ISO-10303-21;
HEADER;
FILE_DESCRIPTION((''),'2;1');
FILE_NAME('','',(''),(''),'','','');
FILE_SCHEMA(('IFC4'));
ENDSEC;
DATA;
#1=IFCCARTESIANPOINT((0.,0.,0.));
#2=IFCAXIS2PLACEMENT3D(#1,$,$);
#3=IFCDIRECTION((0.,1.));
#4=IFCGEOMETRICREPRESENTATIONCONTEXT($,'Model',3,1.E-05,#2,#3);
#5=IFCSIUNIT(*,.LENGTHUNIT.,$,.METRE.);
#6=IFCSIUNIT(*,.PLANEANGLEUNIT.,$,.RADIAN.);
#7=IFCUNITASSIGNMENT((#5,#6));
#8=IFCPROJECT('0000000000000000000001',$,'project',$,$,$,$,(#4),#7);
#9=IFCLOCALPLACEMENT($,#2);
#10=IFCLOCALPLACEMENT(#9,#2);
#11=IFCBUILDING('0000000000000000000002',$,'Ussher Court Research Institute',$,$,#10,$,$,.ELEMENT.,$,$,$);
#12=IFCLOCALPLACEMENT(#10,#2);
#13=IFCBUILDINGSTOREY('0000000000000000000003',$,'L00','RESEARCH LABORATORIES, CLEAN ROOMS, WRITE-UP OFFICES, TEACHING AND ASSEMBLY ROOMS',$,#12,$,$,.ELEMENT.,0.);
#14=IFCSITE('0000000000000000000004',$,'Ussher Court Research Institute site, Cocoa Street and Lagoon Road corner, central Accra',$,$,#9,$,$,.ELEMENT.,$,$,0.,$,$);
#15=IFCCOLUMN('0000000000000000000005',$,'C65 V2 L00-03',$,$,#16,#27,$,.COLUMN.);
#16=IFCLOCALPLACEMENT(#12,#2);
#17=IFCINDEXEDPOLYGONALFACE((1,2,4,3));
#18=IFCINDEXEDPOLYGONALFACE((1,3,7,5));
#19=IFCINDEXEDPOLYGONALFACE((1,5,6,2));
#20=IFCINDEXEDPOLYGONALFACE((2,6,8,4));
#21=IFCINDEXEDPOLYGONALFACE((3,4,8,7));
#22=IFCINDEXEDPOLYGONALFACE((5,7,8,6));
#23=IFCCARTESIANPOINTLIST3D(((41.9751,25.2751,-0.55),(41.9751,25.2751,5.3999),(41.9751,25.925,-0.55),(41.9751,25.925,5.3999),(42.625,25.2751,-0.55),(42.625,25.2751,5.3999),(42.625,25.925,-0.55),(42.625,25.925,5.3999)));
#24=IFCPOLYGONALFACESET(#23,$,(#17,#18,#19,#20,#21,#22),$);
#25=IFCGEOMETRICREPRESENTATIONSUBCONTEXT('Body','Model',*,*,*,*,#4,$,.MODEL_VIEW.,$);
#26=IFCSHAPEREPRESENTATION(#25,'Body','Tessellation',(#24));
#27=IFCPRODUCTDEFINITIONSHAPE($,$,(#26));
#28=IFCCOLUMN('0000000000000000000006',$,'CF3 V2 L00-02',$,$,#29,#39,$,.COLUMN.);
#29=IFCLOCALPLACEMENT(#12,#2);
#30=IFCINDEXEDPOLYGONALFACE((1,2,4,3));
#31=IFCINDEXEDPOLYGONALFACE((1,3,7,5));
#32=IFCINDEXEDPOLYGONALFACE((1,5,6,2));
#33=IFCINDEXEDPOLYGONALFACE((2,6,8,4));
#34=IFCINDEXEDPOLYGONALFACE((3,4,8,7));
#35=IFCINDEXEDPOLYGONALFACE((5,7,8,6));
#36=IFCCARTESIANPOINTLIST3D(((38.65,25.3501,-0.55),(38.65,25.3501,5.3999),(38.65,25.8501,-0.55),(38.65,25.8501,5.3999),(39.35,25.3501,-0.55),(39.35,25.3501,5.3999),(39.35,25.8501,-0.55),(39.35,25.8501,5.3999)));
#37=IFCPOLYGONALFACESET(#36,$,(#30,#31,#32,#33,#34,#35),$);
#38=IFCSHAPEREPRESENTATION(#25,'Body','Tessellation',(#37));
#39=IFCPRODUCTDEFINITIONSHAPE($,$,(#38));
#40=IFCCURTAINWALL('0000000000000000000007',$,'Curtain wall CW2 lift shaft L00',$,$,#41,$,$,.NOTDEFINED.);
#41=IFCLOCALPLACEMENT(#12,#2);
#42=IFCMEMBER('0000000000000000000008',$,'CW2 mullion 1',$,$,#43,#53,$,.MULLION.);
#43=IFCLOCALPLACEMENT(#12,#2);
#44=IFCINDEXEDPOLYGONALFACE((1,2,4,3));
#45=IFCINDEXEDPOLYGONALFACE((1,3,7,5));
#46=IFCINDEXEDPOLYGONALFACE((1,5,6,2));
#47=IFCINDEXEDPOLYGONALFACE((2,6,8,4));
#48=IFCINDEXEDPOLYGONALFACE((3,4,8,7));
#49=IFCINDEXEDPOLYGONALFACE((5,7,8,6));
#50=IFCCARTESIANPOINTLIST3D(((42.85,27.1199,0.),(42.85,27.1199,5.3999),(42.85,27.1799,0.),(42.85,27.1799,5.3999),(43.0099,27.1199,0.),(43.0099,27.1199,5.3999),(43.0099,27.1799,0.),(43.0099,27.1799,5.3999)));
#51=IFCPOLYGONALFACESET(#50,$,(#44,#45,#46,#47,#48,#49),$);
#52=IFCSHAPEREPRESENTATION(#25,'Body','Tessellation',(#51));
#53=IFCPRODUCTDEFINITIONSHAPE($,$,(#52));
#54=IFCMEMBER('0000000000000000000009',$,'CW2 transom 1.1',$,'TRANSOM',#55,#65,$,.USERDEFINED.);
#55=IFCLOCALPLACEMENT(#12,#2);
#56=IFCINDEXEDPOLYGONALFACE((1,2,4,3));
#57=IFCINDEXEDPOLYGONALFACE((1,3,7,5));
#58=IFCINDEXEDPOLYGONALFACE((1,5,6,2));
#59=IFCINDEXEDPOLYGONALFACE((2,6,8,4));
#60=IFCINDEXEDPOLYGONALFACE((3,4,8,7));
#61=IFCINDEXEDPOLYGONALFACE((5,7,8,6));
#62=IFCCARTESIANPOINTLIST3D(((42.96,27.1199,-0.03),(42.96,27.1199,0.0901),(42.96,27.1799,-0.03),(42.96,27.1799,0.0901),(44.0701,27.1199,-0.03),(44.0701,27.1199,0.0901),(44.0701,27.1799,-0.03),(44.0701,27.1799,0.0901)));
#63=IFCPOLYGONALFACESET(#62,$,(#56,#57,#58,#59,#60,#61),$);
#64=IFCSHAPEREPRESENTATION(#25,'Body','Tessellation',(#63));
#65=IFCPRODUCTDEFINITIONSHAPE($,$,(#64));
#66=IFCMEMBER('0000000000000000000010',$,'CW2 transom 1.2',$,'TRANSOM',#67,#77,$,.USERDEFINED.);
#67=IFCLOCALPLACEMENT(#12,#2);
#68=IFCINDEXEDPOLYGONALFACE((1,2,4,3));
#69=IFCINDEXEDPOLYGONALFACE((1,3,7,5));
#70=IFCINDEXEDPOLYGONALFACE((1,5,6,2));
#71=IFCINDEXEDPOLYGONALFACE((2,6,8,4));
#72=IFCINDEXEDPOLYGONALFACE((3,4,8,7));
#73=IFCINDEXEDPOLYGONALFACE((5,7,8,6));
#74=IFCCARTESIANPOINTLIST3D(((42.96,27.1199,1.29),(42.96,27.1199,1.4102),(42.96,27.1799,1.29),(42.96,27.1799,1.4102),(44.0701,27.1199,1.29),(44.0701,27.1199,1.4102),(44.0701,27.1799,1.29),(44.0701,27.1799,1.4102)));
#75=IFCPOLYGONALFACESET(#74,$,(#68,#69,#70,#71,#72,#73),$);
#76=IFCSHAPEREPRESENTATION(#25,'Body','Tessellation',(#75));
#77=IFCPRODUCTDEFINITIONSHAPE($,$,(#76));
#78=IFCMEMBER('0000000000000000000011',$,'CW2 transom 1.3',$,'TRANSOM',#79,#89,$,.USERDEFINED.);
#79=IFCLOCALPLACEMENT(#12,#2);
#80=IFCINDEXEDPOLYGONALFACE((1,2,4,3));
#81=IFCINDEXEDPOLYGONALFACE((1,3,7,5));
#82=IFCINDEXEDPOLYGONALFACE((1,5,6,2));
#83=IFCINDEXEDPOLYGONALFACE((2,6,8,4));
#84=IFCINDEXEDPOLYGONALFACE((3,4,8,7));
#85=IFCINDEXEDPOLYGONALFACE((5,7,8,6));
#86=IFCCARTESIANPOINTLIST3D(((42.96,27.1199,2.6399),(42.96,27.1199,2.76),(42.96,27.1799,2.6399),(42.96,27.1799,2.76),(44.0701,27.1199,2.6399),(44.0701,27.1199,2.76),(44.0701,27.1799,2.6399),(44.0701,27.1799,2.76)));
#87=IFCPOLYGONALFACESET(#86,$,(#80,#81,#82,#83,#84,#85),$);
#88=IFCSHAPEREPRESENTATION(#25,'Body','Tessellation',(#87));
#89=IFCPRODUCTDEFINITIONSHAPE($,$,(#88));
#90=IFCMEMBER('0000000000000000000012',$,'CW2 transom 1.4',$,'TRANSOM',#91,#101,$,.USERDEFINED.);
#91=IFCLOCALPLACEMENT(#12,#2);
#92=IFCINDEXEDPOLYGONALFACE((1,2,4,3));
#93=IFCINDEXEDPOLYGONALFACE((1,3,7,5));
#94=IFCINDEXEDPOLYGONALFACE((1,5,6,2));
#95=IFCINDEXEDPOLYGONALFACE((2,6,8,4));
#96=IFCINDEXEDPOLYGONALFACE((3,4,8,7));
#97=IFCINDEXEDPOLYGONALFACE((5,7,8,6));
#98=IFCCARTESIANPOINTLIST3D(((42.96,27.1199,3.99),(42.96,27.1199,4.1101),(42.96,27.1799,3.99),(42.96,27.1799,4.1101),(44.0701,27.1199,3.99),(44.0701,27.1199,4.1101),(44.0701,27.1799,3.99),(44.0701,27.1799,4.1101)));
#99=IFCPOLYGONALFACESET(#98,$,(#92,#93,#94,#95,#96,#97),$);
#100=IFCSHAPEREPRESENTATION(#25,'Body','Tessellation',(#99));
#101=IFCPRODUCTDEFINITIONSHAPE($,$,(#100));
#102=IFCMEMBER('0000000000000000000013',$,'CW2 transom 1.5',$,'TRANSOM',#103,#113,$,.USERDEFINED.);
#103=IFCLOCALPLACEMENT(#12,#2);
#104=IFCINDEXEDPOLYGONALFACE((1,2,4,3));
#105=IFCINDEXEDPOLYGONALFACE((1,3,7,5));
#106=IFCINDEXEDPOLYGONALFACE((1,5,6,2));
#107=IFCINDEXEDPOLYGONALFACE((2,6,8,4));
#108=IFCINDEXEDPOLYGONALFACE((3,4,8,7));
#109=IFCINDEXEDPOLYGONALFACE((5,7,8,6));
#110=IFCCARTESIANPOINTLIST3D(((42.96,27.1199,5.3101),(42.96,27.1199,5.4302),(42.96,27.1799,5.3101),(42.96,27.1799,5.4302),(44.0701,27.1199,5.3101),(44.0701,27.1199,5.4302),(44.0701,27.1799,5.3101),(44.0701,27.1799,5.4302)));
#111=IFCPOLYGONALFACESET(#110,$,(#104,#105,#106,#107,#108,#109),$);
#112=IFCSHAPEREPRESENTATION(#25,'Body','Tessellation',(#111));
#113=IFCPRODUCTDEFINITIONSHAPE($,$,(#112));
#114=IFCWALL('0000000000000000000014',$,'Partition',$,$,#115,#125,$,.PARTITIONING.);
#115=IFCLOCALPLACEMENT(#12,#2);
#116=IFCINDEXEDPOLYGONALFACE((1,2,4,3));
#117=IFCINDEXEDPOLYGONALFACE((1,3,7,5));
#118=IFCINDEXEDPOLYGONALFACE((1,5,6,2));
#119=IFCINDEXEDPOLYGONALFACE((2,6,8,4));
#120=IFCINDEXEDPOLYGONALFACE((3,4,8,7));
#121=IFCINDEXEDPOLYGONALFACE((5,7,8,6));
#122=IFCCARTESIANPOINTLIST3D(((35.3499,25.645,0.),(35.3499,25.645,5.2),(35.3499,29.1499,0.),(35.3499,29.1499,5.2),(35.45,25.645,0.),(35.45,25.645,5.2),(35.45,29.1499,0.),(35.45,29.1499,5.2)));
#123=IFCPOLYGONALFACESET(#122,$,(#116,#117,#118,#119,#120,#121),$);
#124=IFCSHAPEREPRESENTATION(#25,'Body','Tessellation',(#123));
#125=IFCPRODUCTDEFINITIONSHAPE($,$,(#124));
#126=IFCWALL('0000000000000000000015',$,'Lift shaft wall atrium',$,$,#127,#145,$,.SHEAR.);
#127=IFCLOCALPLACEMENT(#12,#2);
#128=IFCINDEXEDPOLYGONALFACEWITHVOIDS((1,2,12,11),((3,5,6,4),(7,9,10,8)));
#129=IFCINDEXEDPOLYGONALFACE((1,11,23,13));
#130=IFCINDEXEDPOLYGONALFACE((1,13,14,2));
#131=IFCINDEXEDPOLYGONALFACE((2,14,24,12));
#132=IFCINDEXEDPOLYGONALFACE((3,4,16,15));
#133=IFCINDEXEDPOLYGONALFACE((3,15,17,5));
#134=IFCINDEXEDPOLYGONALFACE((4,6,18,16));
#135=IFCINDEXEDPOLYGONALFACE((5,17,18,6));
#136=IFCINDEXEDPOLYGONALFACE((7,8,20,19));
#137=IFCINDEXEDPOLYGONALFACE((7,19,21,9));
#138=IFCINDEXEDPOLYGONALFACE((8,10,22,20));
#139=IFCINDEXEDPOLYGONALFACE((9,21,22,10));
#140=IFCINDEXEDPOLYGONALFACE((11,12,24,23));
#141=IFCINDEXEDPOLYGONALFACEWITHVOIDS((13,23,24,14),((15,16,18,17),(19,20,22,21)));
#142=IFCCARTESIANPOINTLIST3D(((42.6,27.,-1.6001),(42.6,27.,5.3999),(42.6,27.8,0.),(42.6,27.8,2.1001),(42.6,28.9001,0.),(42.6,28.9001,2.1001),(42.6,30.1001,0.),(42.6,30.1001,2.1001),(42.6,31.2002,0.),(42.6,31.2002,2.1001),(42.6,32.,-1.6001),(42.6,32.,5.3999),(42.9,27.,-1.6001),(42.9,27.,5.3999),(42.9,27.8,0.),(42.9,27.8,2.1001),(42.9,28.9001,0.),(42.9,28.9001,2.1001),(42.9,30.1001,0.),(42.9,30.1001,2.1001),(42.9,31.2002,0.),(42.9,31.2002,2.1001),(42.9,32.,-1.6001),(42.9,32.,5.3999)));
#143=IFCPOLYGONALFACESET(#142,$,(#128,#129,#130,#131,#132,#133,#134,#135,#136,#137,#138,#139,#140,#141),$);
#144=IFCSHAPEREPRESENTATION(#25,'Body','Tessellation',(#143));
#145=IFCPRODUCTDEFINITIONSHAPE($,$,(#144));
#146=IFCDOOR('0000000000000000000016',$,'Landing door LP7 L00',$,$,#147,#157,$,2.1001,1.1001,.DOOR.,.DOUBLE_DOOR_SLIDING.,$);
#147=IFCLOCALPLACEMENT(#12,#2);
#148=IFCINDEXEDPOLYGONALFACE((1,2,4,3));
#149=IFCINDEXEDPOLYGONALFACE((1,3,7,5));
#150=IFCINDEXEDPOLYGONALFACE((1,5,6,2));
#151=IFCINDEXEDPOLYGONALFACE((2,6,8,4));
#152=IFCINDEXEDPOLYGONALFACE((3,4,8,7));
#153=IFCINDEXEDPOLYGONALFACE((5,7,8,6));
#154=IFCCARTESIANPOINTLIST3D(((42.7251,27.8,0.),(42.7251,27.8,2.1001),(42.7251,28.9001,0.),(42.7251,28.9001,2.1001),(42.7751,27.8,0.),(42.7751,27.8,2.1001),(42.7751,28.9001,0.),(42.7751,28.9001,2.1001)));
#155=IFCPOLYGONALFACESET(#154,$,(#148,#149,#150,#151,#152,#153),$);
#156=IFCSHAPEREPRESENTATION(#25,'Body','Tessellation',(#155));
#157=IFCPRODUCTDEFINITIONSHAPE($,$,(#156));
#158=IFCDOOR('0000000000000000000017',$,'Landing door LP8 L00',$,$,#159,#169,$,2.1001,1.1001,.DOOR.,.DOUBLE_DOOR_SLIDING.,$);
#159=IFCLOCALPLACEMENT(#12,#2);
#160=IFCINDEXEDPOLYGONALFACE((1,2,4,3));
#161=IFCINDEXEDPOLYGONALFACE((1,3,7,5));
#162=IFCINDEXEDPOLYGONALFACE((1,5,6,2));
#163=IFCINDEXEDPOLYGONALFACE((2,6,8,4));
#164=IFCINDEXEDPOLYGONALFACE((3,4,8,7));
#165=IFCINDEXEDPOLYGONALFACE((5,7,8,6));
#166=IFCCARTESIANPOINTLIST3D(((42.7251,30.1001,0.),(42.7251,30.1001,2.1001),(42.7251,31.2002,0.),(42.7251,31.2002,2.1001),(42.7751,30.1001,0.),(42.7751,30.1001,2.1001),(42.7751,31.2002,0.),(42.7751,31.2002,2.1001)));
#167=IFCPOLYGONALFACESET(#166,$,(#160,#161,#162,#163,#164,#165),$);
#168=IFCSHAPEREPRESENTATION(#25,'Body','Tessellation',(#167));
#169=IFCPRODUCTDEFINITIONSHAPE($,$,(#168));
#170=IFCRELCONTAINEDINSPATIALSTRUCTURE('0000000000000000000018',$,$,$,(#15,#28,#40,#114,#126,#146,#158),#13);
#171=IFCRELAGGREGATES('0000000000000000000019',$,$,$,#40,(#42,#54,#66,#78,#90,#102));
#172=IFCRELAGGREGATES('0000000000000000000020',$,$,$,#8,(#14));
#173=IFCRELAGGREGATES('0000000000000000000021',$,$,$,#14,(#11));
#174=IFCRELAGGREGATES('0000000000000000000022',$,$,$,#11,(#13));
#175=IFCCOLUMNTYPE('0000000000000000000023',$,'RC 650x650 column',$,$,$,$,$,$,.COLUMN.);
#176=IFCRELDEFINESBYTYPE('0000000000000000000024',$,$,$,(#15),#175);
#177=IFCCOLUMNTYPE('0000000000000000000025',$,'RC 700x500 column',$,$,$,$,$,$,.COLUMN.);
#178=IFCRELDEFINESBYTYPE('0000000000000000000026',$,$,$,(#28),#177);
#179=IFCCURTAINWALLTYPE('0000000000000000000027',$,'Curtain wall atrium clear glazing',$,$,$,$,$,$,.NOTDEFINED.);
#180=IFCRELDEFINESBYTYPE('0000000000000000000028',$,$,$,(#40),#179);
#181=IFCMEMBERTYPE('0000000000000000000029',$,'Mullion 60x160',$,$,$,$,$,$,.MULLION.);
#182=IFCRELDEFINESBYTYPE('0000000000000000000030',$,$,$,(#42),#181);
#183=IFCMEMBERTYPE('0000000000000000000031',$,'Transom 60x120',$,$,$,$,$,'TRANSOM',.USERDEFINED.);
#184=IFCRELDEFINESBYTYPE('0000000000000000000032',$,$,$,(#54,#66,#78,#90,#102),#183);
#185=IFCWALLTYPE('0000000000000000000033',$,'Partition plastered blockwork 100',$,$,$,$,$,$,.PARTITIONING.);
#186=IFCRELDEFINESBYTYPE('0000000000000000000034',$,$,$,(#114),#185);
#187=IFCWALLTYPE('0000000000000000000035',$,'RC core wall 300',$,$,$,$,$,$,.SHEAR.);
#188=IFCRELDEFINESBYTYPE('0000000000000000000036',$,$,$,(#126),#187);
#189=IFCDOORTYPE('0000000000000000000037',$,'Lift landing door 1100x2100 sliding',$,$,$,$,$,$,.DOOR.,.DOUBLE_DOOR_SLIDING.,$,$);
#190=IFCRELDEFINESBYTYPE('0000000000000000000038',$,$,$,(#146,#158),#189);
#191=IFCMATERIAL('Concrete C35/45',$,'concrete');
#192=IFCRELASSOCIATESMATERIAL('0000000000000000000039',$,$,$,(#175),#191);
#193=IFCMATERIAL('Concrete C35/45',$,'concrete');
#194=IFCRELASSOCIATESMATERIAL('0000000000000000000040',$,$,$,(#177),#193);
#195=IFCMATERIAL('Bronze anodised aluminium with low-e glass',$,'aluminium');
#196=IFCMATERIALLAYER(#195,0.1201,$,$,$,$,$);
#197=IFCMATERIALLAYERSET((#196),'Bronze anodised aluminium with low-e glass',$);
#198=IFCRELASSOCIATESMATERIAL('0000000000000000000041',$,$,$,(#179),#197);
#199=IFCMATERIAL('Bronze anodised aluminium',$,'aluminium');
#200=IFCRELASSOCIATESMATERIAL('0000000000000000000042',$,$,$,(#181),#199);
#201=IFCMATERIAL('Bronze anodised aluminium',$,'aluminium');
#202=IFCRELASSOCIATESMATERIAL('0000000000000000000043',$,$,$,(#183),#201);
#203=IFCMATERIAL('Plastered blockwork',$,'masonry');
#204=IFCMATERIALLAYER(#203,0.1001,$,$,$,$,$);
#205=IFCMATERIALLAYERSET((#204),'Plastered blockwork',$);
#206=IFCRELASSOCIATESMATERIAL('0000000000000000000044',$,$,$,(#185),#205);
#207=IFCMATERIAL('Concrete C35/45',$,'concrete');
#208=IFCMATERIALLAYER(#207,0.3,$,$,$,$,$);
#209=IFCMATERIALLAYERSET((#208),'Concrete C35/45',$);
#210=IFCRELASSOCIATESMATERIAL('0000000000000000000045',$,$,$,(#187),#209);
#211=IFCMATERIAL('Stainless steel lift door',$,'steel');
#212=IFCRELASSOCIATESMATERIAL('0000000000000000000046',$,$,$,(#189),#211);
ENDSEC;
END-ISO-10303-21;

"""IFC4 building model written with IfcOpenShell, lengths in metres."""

from ifc_helpers import new_model, si_unit, direction, frame, frame_2d, origin, origin_2d, place, context, subcontext, project, spatial, rectangle, extrude, material, layer, layer_set, material_profile, profile_set, type_object, element, fill, aggregate, save


model = new_model("IFC4")

# Units and contexts
model_context = context("Model", 3, precision=1e-05, world=origin(), true_north=direction((0.0, 1.0)))
body_context = subcontext(model_context, "Body", "Model", "MODEL_VIEW")
ifc_project = project(units=[si_unit("LENGTHUNIT", "METRE"), si_unit("PLANEANGLEUNIT", "RADIAN")], contexts=[model_context])

# Site, building, storey
site_placement = place(None, origin())
site = spatial("IfcSite", under=ifc_project, at=site_placement, Name="Ussher Court Research Institute site, Cocoa Street and Lagoon Road corner, central Accra", CompositionType="ELEMENT", RefElevation=0.0)
building_placement = place(site_placement, origin())
building = spatial("IfcBuilding", under=site, at=building_placement, Name="Ussher Court Research Institute", CompositionType="ELEMENT")
storey_placement = place(building_placement, origin())
storey = spatial("IfcBuildingStorey", under=building, at=storey_placement, Name="L00", Description="RESEARCH LABORATORIES, CLEAN ROOMS, WRITE-UP OFFICES, TEACHING AND ASSEMBLY ROOMS", CompositionType="ELEMENT", Elevation=0.0)

# Columns
ifc_material_1 = material(Name="Concrete C35/45", Category="concrete")
ifc_material_profile_1 = material_profile(ifc_material_1, rectangle(XDim=0.6499, YDim=0.6499, at=origin_2d()), Name="RC 650x650")
ifc_profile_set_1 = profile_set([ifc_material_profile_1], Name="Concrete C35/45")
column_type_1 = type_object("IfcColumnType", Name="RC 650x650 column", PredefinedType="COLUMN", material=ifc_profile_set_1)
column_1_placement = place(storey_placement, frame((42.3, 25.6001, -0.55), z_axis=(0.0, 0.0, 1.0), x_axis=(1.0, 0.0, 0.0)))
element("IfcColumn", 1, at=column_1_placement, inside=storey, type_object=column_type_1, Name="C65 V2 L00-03", PredefinedType="COLUMN", context=body_context, shape_type="SweptSolid", body=[
    extrude(rectangle(XDim=0.6499, YDim=0.6499, at=origin_2d()), origin(), (0.0, 0.0, 1.0), 5.95),
])
ifc_material_2 = material(Name="Concrete C35/45", Category="concrete")
ifc_material_profile_2 = material_profile(ifc_material_2, rectangle(XDim=0.7, YDim=0.5, at=origin_2d()), Name="RC 700x500")
ifc_profile_set_2 = profile_set([ifc_material_profile_2], Name="Concrete C35/45")
column_type_2 = type_object("IfcColumnType", Name="RC 700x500 column", PredefinedType="COLUMN", material=ifc_profile_set_2)
column_2_placement = place(storey_placement, frame((39.0, 25.6001, -0.55), z_axis=(0.0, 0.0, 1.0), x_axis=(1.0, 0.0, 0.0)))
element("IfcColumn", 2, at=column_2_placement, inside=storey, type_object=column_type_2, Name="CF3 V2 L00-02", PredefinedType="COLUMN", context=body_context, shape_type="SweptSolid", body=[
    extrude(rectangle(XDim=0.7, YDim=0.5, at=origin_2d()), origin(), (0.0, 0.0, 1.0), 5.95),
])

# Curtain wall, members
ifc_material_3 = material(Name="Bronze anodised aluminium with low-e glass", Category="aluminium")
ifc_layer_1 = layer(ifc_material_3, 0.1201)
ifc_layer_set_1 = layer_set([ifc_layer_1], Name="Bronze anodised aluminium with low-e glass")
curtain_wall_type = type_object("IfcCurtainWallType", Name="Curtain wall atrium clear glazing", PredefinedType="NOTDEFINED", material=ifc_layer_set_1)
curtain_wall_placement = place(storey_placement, origin())
curtain_wall = element("IfcCurtainWall", 3, at=curtain_wall_placement, inside=storey, type_object=curtain_wall_type, Name="Curtain wall CW2 lift shaft L00", PredefinedType="NOTDEFINED")
ifc_material_4 = material(Name="Bronze anodised aluminium", Category="aluminium")
ifc_material_profile_3 = material_profile(ifc_material_4, rectangle(XDim=0.0601, YDim=0.1599, at=origin_2d()), Name="Mullion 60x160")
ifc_profile_set_3 = profile_set([ifc_material_profile_3], Name="Bronze anodised aluminium")
member_type_1 = type_object("IfcMemberType", Name="Mullion 60x160", PredefinedType="MULLION", material=ifc_profile_set_3)
member_1_placement = place(storey_placement, frame((42.9299, 27.1499, 0.0), z_axis=(0.0, 0.0, 1.0), x_axis=(0.0, 1.0, 0.0)))
member_1 = element("IfcMember", 4, at=member_1_placement, type_object=member_type_1, Name="CW2 mullion 1", PredefinedType="MULLION", context=body_context, shape_type="SweptSolid", body=[
    extrude(rectangle(XDim=0.0601, YDim=0.1599, at=origin_2d()), origin(), (0.0, 0.0, 1.0), 5.3999),
])
ifc_material_5 = material(Name="Bronze anodised aluminium", Category="aluminium")
ifc_material_profile_4 = material_profile(ifc_material_5, rectangle(XDim=0.0601, YDim=0.1201, at=origin_2d()), Name="Transom 60x120")
ifc_profile_set_4 = profile_set([ifc_material_profile_4], Name="Bronze anodised aluminium")
member_type_2 = type_object("IfcMemberType", Name="Transom 60x120", ElementType="TRANSOM", PredefinedType="USERDEFINED", material=ifc_profile_set_4)
member_2_placement = place(storey_placement, frame((42.96, 27.1499, 0.03), z_axis=(1.0, 0.0, 0.0), x_axis=(0.0, 1.0, 0.0)))
member_2 = element("IfcMember", 5, at=member_2_placement, type_object=member_type_2, Name="CW2 transom 1.1", ObjectType="TRANSOM", PredefinedType="USERDEFINED", context=body_context, shape_type="SweptSolid", body=[
    extrude(rectangle(XDim=0.0601, YDim=0.1201, at=origin_2d()), origin(), (0.0, 0.0, 1.0), 1.1101),
])
member_3_placement = place(storey_placement, frame((42.96, 27.1499, 1.3501), z_axis=(1.0, 0.0, 0.0), x_axis=(0.0, 1.0, 0.0)))
member_3 = element("IfcMember", 6, at=member_3_placement, type_object=member_type_2, Name="CW2 transom 1.2", ObjectType="TRANSOM", PredefinedType="USERDEFINED", context=body_context, shape_type="SweptSolid", body=[
    extrude(rectangle(XDim=0.0601, YDim=0.1201, at=origin_2d()), origin(), (0.0, 0.0, 1.0), 1.1101),
])
member_4_placement = place(storey_placement, frame((42.96, 27.1499, 2.7), z_axis=(1.0, 0.0, 0.0), x_axis=(0.0, 1.0, 0.0)))
member_4 = element("IfcMember", 7, at=member_4_placement, type_object=member_type_2, Name="CW2 transom 1.3", ObjectType="TRANSOM", PredefinedType="USERDEFINED", context=body_context, shape_type="SweptSolid", body=[
    extrude(rectangle(XDim=0.0601, YDim=0.1201, at=origin_2d()), origin(), (0.0, 0.0, 1.0), 1.1101),
])
member_5_placement = place(storey_placement, frame((42.96, 27.1499, 4.05), z_axis=(1.0, 0.0, 0.0), x_axis=(0.0, 1.0, 0.0)))
member_5 = element("IfcMember", 8, at=member_5_placement, type_object=member_type_2, Name="CW2 transom 1.4", ObjectType="TRANSOM", PredefinedType="USERDEFINED", context=body_context, shape_type="SweptSolid", body=[
    extrude(rectangle(XDim=0.0601, YDim=0.1201, at=origin_2d()), origin(), (0.0, 0.0, 1.0), 1.1101),
])
member_6_placement = place(storey_placement, frame((42.96, 27.1499, 5.3701), z_axis=(1.0, 0.0, 0.0), x_axis=(0.0, 1.0, 0.0)))
member_6 = element("IfcMember", 9, at=member_6_placement, type_object=member_type_2, Name="CW2 transom 1.5", ObjectType="TRANSOM", PredefinedType="USERDEFINED", context=body_context, shape_type="SweptSolid", body=[
    extrude(rectangle(XDim=0.0601, YDim=0.1201, at=origin_2d()), origin(), (0.0, 0.0, 1.0), 1.1101),
])
aggregate(curtain_wall, [member_1, member_2, member_3, member_4, member_5, member_6])

# Wall
ifc_material_6 = material(Name="Plastered blockwork", Category="masonry")
ifc_layer_2 = layer(ifc_material_6, 0.1001)
ifc_layer_set_2 = layer_set([ifc_layer_2], Name="Plastered blockwork")
wall_type_1 = type_object("IfcWallType", Name="Partition plastered blockwork 100", PredefinedType="PARTITIONING", material=ifc_layer_set_2)
wall_1_placement = place(storey_placement, frame((35.3999, 25.645, 0.0), z_axis=(0.0, 0.0, 1.0), x_axis=(0.0, 1.0, 0.0)))
element("IfcWall", 10, at=wall_1_placement, inside=storey, type_object=wall_type_1, Name="Partition", PredefinedType="PARTITIONING", context=body_context, shape_type="SweptSolid", body=[
    extrude(rectangle(XDim=3.5049, YDim=0.1001, at=frame_2d((1.7524, 0.0))), origin(), (0.0, 0.0, 1.0), 5.2),
])

# Wall, openings, doors
ifc_material_7 = material(Name="Concrete C35/45", Category="concrete")
ifc_layer_3 = layer(ifc_material_7, 0.3)
ifc_layer_set_3 = layer_set([ifc_layer_3], Name="Concrete C35/45")
wall_type_2 = type_object("IfcWallType", Name="RC core wall 300", PredefinedType="SHEAR", material=ifc_layer_set_3)
wall_2_placement = place(storey_placement, frame((42.75, 27.0, -1.6001), z_axis=(0.0, 0.0, 1.0), x_axis=(0.0, 1.0, 0.0)))
wall_2 = element("IfcWall", 11, at=wall_2_placement, inside=storey, type_object=wall_type_2, Name="Lift shaft wall atrium", PredefinedType="SHEAR", context=body_context, shape_type="SweptSolid", body=[
    extrude(rectangle(XDim=5.0, YDim=0.3, at=frame_2d((2.5, 0.0))), origin(), (0.0, 0.0, 1.0), 7.0),
])
opening_1_placement = place(wall_2_placement, frame((0.8, 0.0, 1.6001)))
opening_1 = element("IfcOpeningElement", 12, at=opening_1_placement, cuts=wall_2, PredefinedType="OPENING", context=body_context, shape_type="SweptSolid", body=[
    extrude(rectangle(XDim=1.1001, YDim=2.1001, at=frame_2d((0.55, 1.05))), frame((0.0, 0.1602, 0.0), z_axis=(0.0, -1.0, 0.0), x_axis=(1.0, 0.0, 0.0)), (0.0, 0.0, 1.0), 0.3201),
])
opening_2_placement = place(wall_2_placement, frame((3.1001, 0.0, 1.6001)))
opening_2 = element("IfcOpeningElement", 13, at=opening_2_placement, cuts=wall_2, PredefinedType="OPENING", context=body_context, shape_type="SweptSolid", body=[
    extrude(rectangle(XDim=1.1001, YDim=2.1001, at=frame_2d((0.55, 1.05))), frame((0.0, 0.1602, 0.0), z_axis=(0.0, -1.0, 0.0), x_axis=(1.0, 0.0, 0.0)), (0.0, 0.0, 1.0), 0.3201),
])
ifc_material_8 = material(Name="Stainless steel lift door", Category="steel")
door_type_1 = type_object("IfcDoorType", Name="Lift landing door 1100x2100 sliding", OperationType="DOUBLE_DOOR_SLIDING", PredefinedType="DOOR", material=ifc_material_8)
door_1_placement = place(opening_1_placement, origin())
door_1 = element("IfcDoor", 14, at=door_1_placement, inside=storey, type_object=door_type_1, Name="Landing door LP7 L00", OperationType="DOUBLE_DOOR_SLIDING", OverallHeight=2.1001, OverallWidth=1.1001, PredefinedType="DOOR", context=body_context, shape_type="SweptSolid", body=[
    extrude(rectangle(XDim=1.1001, YDim=2.1001, at=frame_2d((0.55, 1.05))), frame((0.0, 0.0249, 0.0), z_axis=(0.0, -1.0, 0.0), x_axis=(1.0, 0.0, 0.0)), (0.0, 0.0, 1.0), 0.05),
])
fill(opening_1, door_1)
door_2_placement = place(opening_2_placement, origin())
door_2 = element("IfcDoor", 15, at=door_2_placement, inside=storey, type_object=door_type_1, Name="Landing door LP8 L00", OperationType="DOUBLE_DOOR_SLIDING", OverallHeight=2.1001, OverallWidth=1.1001, PredefinedType="DOOR", context=body_context, shape_type="SweptSolid", body=[
    extrude(rectangle(XDim=1.1001, YDim=2.1001, at=frame_2d((0.55, 1.05))), frame((0.0, 0.0249, 0.0), z_axis=(0.0, -1.0, 0.0), x_axis=(1.0, 0.0, 0.0)), (0.0, 0.0, 1.0), 0.05),
])
fill(opening_2, door_2)

save(model, "model.ifc")
